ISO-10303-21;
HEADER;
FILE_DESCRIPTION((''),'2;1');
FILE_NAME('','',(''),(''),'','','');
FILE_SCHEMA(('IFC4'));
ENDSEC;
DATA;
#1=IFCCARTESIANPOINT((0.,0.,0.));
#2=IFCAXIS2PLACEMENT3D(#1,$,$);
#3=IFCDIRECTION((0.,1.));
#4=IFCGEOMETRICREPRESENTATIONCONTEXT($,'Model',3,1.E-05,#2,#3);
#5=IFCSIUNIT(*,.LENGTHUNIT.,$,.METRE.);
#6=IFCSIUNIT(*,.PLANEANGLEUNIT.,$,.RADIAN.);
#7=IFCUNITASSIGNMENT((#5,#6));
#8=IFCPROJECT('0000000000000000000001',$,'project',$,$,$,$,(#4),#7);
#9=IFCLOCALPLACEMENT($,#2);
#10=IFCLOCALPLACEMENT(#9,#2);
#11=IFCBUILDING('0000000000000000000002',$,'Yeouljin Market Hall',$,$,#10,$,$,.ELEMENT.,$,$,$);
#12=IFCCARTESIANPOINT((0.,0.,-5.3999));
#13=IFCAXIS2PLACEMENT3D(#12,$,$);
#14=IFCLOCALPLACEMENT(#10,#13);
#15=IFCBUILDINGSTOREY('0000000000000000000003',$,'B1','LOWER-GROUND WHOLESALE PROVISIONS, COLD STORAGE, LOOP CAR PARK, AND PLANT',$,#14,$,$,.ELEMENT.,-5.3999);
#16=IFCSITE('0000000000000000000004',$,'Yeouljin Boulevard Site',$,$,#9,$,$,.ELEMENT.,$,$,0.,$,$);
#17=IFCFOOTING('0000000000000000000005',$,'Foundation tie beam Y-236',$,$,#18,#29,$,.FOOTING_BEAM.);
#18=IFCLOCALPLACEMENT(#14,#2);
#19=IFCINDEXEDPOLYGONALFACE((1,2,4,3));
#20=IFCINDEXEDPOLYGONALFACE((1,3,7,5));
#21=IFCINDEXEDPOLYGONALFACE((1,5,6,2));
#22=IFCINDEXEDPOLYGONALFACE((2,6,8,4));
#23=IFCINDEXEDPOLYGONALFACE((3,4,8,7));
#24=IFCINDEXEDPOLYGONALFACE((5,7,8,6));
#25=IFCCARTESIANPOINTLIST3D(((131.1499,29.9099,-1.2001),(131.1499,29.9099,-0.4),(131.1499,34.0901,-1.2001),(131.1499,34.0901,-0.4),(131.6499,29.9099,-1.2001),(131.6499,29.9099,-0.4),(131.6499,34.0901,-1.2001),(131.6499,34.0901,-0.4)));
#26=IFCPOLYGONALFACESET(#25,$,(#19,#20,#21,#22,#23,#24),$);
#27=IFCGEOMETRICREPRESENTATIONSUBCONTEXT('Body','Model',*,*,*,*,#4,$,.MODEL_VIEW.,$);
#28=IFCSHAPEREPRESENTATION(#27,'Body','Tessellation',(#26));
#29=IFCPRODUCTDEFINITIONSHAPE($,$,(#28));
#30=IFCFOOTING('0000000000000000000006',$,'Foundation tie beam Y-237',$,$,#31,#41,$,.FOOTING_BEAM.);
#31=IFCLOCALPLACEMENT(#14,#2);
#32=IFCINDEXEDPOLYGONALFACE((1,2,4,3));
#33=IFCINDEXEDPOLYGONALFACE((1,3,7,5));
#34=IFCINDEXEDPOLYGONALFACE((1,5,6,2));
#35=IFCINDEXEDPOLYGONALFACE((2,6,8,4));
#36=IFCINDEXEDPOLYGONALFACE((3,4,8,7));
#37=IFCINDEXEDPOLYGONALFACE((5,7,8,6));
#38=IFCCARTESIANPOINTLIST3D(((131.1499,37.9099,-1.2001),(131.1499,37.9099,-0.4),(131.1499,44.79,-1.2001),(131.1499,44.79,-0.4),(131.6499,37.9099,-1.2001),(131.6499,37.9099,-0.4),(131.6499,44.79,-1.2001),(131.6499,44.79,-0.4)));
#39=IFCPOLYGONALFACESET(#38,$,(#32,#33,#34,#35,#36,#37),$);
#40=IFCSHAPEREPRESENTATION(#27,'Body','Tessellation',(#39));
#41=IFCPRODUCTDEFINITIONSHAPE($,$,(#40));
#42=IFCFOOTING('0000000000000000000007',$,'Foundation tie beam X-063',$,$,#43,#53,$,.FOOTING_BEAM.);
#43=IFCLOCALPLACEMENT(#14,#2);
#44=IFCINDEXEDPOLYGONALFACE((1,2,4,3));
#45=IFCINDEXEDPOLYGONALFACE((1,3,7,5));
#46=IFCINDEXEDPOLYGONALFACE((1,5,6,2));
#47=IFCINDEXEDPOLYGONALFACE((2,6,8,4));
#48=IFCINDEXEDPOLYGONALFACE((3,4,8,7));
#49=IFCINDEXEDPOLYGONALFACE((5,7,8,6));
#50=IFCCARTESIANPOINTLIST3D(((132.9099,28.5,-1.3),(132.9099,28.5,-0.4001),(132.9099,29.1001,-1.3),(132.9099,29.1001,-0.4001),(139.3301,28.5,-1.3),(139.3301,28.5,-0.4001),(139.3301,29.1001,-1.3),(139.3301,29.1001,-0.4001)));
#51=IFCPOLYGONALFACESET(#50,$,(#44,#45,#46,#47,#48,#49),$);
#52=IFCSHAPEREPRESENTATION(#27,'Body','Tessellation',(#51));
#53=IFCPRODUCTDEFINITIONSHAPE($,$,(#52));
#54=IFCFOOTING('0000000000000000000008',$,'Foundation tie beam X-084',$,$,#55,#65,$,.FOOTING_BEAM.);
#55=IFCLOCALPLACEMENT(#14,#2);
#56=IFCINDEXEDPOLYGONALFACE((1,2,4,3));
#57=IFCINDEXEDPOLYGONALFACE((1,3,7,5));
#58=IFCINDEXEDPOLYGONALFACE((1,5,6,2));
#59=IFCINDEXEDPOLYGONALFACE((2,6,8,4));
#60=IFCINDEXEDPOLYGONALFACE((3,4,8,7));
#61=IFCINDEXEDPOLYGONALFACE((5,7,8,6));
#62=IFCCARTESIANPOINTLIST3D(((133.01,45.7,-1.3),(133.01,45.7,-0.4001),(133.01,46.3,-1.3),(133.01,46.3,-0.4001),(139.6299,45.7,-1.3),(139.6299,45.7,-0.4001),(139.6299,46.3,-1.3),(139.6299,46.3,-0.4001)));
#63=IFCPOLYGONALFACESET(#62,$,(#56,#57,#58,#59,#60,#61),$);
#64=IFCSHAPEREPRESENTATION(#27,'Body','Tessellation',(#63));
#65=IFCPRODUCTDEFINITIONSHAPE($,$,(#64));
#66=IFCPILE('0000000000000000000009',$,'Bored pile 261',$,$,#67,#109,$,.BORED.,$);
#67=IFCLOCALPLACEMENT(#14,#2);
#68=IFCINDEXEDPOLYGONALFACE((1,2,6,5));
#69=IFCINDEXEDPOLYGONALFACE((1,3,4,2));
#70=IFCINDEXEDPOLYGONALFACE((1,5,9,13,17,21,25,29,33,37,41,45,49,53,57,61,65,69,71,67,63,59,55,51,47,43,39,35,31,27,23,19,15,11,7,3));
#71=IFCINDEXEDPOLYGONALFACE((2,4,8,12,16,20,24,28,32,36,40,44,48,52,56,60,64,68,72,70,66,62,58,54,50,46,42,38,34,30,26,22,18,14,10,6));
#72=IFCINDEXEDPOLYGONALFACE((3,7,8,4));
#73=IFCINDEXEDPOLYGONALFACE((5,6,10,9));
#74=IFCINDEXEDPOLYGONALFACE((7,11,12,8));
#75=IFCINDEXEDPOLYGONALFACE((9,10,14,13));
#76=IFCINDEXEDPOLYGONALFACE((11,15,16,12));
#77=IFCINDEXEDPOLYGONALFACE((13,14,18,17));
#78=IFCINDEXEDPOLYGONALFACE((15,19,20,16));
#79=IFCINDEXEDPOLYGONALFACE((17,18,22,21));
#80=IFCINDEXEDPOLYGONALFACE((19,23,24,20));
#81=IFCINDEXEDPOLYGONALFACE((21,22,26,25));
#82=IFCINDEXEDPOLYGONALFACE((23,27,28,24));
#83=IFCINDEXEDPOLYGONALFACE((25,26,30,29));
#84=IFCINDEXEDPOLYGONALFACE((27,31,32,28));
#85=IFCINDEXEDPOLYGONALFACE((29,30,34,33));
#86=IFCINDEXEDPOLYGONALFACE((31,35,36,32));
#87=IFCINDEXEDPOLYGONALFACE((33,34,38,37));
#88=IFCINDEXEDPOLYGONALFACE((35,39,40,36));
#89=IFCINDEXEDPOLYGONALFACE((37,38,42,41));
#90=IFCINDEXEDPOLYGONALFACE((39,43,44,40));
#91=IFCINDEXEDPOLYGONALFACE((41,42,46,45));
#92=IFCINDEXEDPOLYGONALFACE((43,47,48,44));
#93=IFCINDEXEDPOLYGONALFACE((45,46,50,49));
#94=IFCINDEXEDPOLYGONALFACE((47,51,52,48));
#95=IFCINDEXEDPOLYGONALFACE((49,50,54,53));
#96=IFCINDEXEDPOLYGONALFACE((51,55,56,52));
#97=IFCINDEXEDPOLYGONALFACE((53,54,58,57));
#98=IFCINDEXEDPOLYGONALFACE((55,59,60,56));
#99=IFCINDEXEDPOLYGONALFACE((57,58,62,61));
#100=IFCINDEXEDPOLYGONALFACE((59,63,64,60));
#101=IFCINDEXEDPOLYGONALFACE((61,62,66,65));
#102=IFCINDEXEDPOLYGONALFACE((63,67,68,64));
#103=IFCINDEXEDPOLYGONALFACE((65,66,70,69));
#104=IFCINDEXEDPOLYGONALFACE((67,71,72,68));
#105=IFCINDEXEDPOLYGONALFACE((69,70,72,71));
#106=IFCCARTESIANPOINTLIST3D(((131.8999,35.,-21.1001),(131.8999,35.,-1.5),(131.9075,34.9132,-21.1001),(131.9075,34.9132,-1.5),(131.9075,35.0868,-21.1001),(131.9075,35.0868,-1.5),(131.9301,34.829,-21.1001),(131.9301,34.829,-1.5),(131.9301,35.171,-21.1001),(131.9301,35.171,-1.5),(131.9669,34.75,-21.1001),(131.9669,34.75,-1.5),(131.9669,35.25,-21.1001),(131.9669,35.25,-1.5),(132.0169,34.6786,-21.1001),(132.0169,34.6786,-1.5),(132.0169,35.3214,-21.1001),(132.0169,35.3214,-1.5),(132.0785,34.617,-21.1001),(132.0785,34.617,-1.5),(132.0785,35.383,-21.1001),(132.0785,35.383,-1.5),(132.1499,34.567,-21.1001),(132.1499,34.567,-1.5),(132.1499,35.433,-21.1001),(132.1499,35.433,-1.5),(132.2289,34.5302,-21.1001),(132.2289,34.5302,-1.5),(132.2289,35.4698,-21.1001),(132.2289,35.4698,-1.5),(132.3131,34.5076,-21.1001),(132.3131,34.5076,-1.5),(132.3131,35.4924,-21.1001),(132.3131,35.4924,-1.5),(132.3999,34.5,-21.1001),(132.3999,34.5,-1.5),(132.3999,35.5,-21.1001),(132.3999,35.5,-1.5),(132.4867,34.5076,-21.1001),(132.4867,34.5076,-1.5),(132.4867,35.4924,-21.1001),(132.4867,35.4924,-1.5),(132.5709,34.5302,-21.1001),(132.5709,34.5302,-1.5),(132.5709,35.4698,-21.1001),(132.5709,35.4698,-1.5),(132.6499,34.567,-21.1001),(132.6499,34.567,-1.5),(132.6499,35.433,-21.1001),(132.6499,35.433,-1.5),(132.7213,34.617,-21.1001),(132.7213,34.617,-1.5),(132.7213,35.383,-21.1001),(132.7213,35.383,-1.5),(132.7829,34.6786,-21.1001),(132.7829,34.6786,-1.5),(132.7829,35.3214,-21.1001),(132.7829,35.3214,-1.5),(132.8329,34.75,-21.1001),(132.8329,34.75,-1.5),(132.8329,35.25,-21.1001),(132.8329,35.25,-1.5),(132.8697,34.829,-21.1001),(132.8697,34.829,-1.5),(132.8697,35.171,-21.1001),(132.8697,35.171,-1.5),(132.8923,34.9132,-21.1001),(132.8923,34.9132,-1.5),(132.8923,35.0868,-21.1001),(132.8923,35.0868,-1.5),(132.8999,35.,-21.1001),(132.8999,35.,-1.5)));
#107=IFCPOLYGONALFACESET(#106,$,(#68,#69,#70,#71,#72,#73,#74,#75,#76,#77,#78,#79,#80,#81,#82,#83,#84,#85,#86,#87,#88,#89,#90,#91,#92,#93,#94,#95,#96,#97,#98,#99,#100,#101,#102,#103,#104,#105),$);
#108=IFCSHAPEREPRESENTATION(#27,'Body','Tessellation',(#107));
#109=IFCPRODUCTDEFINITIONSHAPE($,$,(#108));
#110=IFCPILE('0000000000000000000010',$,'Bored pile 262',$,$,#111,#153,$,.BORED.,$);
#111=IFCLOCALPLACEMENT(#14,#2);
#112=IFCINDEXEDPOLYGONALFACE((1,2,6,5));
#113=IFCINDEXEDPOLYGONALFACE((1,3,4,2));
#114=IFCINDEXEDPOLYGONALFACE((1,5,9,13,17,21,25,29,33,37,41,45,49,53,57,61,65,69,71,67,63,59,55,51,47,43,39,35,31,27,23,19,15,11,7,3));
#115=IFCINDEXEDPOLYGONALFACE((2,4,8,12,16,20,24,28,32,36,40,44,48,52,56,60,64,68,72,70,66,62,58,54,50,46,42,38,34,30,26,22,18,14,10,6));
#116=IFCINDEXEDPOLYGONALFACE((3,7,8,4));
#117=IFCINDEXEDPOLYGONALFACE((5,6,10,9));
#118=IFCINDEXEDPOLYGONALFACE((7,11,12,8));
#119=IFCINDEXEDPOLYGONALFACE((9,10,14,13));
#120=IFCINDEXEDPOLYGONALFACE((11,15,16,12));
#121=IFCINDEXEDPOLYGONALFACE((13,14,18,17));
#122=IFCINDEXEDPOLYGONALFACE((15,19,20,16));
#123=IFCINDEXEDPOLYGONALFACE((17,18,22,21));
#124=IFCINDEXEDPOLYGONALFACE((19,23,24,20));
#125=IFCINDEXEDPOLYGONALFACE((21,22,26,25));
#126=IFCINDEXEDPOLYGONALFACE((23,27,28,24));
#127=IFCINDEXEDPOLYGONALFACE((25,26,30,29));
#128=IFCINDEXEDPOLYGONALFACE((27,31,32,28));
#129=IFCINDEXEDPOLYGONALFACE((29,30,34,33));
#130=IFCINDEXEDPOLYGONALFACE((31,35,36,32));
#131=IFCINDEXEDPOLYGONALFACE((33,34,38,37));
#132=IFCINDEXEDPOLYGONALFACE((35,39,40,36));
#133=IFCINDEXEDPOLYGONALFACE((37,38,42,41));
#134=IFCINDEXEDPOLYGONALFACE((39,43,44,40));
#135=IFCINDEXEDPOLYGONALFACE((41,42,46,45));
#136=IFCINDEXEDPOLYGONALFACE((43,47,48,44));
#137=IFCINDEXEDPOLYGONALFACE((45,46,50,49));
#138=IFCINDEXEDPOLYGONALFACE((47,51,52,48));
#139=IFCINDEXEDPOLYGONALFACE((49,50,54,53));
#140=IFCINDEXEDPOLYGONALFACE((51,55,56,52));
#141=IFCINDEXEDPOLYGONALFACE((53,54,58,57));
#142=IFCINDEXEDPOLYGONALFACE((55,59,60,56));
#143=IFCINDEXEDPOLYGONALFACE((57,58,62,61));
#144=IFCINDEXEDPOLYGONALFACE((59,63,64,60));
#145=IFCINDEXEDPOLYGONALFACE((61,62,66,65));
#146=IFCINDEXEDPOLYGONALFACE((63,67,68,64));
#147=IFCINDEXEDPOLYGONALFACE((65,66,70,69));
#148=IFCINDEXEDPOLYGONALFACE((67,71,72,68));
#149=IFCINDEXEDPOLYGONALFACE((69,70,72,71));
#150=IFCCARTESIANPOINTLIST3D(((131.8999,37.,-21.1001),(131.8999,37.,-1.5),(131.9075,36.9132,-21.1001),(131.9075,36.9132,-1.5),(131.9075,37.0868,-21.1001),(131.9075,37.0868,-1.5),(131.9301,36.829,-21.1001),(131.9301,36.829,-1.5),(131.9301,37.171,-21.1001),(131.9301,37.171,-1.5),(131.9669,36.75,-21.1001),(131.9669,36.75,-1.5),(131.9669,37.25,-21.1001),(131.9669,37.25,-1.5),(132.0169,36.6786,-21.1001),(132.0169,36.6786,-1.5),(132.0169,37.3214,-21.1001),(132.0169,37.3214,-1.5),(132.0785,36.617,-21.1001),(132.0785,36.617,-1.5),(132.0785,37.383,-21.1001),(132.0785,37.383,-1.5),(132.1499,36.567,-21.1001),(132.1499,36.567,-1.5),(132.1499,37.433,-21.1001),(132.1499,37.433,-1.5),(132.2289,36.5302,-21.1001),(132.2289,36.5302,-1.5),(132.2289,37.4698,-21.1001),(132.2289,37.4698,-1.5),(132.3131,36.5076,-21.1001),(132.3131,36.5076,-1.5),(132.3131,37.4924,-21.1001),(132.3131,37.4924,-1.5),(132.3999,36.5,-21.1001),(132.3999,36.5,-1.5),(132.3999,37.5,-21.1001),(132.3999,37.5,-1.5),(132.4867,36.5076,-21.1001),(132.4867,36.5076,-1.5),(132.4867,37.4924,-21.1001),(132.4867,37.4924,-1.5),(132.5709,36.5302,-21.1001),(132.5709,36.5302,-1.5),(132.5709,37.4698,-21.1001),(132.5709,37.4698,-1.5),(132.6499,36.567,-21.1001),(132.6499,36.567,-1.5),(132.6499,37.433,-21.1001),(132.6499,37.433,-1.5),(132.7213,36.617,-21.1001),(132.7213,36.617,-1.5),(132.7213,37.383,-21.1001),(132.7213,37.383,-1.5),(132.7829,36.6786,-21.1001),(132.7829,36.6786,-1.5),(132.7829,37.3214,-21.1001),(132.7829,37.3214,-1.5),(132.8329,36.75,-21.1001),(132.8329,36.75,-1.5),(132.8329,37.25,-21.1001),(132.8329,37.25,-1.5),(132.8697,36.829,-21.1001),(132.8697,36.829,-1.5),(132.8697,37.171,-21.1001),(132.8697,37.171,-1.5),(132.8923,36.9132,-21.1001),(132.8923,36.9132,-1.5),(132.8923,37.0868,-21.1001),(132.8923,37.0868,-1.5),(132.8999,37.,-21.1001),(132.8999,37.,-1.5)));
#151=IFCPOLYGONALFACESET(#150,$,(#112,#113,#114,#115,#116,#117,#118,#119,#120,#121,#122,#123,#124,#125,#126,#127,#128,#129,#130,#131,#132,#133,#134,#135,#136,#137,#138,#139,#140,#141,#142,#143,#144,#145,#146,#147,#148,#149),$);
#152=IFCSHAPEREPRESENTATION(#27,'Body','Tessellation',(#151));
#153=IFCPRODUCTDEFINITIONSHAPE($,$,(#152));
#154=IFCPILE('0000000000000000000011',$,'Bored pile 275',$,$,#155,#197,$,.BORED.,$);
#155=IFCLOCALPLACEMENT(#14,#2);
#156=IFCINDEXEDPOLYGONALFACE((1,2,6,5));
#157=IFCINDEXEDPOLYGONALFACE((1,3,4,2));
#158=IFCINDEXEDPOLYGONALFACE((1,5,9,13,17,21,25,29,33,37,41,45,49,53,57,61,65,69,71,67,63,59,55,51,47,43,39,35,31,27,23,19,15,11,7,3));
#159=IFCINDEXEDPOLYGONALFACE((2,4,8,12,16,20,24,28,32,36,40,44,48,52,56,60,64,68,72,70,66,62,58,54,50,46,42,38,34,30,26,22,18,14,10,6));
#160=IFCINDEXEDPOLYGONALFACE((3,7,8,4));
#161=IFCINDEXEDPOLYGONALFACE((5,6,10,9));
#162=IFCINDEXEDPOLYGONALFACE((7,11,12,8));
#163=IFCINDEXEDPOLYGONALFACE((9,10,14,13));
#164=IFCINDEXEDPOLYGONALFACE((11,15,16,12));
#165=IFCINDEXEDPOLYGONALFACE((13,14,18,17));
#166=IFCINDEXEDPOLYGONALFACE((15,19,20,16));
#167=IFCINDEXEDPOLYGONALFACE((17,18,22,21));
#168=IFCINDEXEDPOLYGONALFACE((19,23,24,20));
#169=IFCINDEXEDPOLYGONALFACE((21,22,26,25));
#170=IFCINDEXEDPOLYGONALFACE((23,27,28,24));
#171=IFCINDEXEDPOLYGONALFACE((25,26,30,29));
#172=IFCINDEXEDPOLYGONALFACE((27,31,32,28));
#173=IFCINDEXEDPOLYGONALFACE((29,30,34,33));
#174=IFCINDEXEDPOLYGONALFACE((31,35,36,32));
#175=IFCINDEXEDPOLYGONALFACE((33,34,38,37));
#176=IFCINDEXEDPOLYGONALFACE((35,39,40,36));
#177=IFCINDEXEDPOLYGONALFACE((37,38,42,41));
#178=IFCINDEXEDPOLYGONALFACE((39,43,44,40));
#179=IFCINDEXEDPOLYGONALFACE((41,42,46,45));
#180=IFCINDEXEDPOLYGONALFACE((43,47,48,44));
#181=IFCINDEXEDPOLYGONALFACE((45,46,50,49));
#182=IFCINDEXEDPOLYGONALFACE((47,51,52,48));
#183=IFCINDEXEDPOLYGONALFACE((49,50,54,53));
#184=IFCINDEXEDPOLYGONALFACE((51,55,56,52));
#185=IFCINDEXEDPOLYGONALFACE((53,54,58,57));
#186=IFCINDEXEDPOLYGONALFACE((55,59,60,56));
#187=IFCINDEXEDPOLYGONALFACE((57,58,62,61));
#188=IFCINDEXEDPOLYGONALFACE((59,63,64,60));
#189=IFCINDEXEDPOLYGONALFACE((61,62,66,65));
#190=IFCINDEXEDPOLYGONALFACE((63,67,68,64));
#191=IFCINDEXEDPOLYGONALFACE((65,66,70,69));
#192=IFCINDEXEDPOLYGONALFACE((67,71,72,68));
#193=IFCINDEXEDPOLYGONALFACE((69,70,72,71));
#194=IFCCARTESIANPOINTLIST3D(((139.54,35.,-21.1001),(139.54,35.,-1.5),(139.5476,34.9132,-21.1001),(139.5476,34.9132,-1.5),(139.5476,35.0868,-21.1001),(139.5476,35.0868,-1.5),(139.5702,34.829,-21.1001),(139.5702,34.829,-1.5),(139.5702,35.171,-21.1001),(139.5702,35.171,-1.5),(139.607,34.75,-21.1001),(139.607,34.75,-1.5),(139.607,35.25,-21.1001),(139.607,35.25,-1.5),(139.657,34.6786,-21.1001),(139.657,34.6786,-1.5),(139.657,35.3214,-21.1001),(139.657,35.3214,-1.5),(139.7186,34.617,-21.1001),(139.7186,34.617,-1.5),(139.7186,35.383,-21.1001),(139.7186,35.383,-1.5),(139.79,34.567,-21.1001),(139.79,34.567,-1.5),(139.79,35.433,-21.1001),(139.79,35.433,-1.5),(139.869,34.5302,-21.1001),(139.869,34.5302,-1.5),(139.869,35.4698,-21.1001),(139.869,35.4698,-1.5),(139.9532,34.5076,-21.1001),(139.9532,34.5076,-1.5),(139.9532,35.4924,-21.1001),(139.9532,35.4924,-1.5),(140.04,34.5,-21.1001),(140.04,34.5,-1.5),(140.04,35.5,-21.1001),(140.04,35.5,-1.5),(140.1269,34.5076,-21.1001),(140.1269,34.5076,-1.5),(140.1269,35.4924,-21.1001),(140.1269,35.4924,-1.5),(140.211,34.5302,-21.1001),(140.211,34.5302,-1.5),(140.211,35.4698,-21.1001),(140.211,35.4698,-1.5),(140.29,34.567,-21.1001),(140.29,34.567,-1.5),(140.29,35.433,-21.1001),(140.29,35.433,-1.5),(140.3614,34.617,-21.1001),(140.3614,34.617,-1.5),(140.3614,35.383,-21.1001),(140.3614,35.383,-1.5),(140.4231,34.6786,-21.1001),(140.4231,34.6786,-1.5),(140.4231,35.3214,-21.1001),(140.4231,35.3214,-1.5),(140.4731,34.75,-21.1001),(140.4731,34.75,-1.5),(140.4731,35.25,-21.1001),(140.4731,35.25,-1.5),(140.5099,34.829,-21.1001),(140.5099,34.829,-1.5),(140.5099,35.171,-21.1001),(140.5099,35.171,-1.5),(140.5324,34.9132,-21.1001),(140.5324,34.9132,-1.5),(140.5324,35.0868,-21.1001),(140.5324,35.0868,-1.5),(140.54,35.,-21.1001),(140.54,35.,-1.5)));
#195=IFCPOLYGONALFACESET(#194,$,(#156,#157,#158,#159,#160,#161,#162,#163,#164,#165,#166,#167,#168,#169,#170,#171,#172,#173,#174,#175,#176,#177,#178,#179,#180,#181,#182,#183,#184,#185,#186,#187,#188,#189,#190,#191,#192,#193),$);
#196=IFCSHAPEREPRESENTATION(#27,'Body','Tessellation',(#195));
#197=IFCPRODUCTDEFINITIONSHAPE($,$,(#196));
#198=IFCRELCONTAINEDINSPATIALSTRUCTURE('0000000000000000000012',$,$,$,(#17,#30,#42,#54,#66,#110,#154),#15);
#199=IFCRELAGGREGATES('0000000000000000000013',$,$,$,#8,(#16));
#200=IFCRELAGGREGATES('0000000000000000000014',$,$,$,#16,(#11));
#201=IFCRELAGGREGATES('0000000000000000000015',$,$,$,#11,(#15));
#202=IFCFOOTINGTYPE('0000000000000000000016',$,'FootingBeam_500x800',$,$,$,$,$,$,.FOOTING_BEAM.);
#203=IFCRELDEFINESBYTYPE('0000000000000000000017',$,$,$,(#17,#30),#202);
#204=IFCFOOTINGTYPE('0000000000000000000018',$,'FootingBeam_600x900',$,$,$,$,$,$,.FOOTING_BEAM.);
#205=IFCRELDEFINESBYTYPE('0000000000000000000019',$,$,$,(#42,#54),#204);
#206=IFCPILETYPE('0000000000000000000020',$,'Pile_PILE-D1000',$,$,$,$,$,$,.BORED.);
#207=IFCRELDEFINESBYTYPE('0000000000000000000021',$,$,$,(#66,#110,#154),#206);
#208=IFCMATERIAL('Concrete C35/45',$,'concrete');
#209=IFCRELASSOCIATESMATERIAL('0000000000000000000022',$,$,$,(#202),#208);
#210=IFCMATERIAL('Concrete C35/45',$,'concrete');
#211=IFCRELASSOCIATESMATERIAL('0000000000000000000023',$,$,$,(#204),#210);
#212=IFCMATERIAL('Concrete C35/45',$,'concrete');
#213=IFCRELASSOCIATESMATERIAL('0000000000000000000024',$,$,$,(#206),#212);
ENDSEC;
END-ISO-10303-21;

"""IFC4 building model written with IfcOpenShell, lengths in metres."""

from ifc_helpers import new_model, si_unit, direction, frame, origin, origin_2d, place, context, subcontext, project, spatial, rectangle, circle, extrude, material, material_profile, profile_set, type_object, element, save


model = new_model("IFC4")

# Units and contexts
model_context = context("Model", 3, precision=1e-05, world=origin(), true_north=direction((0.0, 1.0)))
body_context = subcontext(model_context, "Body", "Model", "MODEL_VIEW")
ifc_project = project(units=[si_unit("LENGTHUNIT", "METRE"), si_unit("PLANEANGLEUNIT", "RADIAN")], contexts=[model_context])

# Site, building, storey
site_placement = place(None, origin())
site = spatial("IfcSite", under=ifc_project, at=site_placement, Name="Yeouljin Boulevard Site", CompositionType="ELEMENT", RefElevation=0.0)
building_placement = place(site_placement, origin())
building = spatial("IfcBuilding", under=site, at=building_placement, Name="Yeouljin Market Hall", CompositionType="ELEMENT")
storey_placement = place(building_placement, frame((0.0, 0.0, -5.3999)))
storey = spatial("IfcBuildingStorey", under=building, at=storey_placement, Name="B1", Description="LOWER-GROUND WHOLESALE PROVISIONS, COLD STORAGE, LOOP CAR PARK, AND PLANT", CompositionType="ELEMENT", Elevation=-5.3999)

# Footings
ifc_material_1 = material(Name="Concrete C35/45", Category="concrete")
ifc_material_profile_1 = material_profile(ifc_material_1, rectangle(XDim=0.5, YDim=0.8, at=origin_2d()), Name="RC-500x800")
ifc_profile_set_1 = profile_set([ifc_material_profile_1], Name="Concrete C35/45")
footing_type_1 = type_object("IfcFootingType", Name="FootingBeam_500x800", PredefinedType="FOOTING_BEAM", material=ifc_profile_set_1)
footing_1_placement = place(storey_placement, frame((131.3999, 29.9099, -0.8), z_axis=(0.0, 1.0, 0.0), x_axis=(-1.0, 0.0, 0.0)))
element("IfcFooting", 1, at=footing_1_placement, inside=storey, type_object=footing_type_1, Name="Foundation tie beam Y-236", PredefinedType="FOOTING_BEAM", context=body_context, shape_type="SweptSolid", body=[
    extrude(rectangle(XDim=0.5, YDim=0.8, at=origin_2d()), origin(), (0.0, 0.0, 1.0), 4.1802),
])
footing_2_placement = place(storey_placement, frame((131.3999, 37.9099, -0.8), z_axis=(0.0, 1.0, 0.0), x_axis=(-1.0, 0.0, 0.0)))
element("IfcFooting", 2, at=footing_2_placement, inside=storey, type_object=footing_type_1, Name="Foundation tie beam Y-237", PredefinedType="FOOTING_BEAM", context=body_context, shape_type="SweptSolid", body=[
    extrude(rectangle(XDim=0.5, YDim=0.8, at=origin_2d()), origin(), (0.0, 0.0, 1.0), 6.8801),
])
ifc_material_2 = material(Name="Concrete C35/45", Category="concrete")
ifc_material_profile_2 = material_profile(ifc_material_2, rectangle(XDim=0.6001, YDim=0.8999, at=origin_2d()), Name="RC-600x900")
ifc_profile_set_2 = profile_set([ifc_material_profile_2], Name="Concrete C35/45")
footing_type_2 = type_object("IfcFootingType", Name="FootingBeam_600x900", PredefinedType="FOOTING_BEAM", material=ifc_profile_set_2)
footing_3_placement = place(storey_placement, frame((132.9099, 28.8, -0.8501), z_axis=(1.0, 0.0, 0.0), x_axis=(0.0, 1.0, 0.0)))
element("IfcFooting", 3, at=footing_3_placement, inside=storey, type_object=footing_type_2, Name="Foundation tie beam X-063", PredefinedType="FOOTING_BEAM", context=body_context, shape_type="SweptSolid", body=[
    extrude(rectangle(XDim=0.6001, YDim=0.8999, at=origin_2d()), origin(), (0.0, 0.0, 1.0), 6.4202),
])
footing_4_placement = place(storey_placement, frame((133.01, 46.0, -0.8501), z_axis=(1.0, 0.0, 0.0), x_axis=(0.0, 1.0, 0.0)))
element("IfcFooting", 4, at=footing_4_placement, inside=storey, type_object=footing_type_2, Name="Foundation tie beam X-084", PredefinedType="FOOTING_BEAM", context=body_context, shape_type="SweptSolid", body=[
    extrude(rectangle(XDim=0.6001, YDim=0.8999, at=origin_2d()), origin(), (0.0, 0.0, 1.0), 6.6199),
])

# Piles
ifc_material_3 = material(Name="Concrete C35/45", Category="concrete")
ifc_material_profile_3 = material_profile(ifc_material_3, circle(Radius=0.5, at=origin_2d()), Name="PILE-D1000")
ifc_profile_set_3 = profile_set([ifc_material_profile_3], Name="Concrete C35/45")
pile_type_1 = type_object("IfcPileType", Name="Pile_PILE-D1000", PredefinedType="BORED", material=ifc_profile_set_3)
for number, where, z_axis, x_axis, name in (
    (5, (132.3999, 35.0, -1.5), (0.0, 0.0, -1.0), (1.0, 0.0, 0.0), "Bored pile 261"),
    (6, (132.3999, 37.0, -1.5), (0.0, 0.0, -1.0), (1.0, 0.0, 0.0), "Bored pile 262"),
    (7, (140.04, 35.0, -1.5), (0.0, 0.0, -1.0), (1.0, 0.0, 0.0), "Bored pile 275"),
):
    element("IfcPile", number, at=place(storey_placement, frame(where, z_axis=z_axis, x_axis=x_axis)), inside=storey, type_object=pile_type_1, Name=name, PredefinedType="BORED", context=body_context, shape_type="SweptSolid", body=[
        extrude(circle(Radius=0.5, at=origin_2d()), origin(), (0.0, 0.0, 1.0), 19.6001),
    ])

save(model, "model.ifc")
